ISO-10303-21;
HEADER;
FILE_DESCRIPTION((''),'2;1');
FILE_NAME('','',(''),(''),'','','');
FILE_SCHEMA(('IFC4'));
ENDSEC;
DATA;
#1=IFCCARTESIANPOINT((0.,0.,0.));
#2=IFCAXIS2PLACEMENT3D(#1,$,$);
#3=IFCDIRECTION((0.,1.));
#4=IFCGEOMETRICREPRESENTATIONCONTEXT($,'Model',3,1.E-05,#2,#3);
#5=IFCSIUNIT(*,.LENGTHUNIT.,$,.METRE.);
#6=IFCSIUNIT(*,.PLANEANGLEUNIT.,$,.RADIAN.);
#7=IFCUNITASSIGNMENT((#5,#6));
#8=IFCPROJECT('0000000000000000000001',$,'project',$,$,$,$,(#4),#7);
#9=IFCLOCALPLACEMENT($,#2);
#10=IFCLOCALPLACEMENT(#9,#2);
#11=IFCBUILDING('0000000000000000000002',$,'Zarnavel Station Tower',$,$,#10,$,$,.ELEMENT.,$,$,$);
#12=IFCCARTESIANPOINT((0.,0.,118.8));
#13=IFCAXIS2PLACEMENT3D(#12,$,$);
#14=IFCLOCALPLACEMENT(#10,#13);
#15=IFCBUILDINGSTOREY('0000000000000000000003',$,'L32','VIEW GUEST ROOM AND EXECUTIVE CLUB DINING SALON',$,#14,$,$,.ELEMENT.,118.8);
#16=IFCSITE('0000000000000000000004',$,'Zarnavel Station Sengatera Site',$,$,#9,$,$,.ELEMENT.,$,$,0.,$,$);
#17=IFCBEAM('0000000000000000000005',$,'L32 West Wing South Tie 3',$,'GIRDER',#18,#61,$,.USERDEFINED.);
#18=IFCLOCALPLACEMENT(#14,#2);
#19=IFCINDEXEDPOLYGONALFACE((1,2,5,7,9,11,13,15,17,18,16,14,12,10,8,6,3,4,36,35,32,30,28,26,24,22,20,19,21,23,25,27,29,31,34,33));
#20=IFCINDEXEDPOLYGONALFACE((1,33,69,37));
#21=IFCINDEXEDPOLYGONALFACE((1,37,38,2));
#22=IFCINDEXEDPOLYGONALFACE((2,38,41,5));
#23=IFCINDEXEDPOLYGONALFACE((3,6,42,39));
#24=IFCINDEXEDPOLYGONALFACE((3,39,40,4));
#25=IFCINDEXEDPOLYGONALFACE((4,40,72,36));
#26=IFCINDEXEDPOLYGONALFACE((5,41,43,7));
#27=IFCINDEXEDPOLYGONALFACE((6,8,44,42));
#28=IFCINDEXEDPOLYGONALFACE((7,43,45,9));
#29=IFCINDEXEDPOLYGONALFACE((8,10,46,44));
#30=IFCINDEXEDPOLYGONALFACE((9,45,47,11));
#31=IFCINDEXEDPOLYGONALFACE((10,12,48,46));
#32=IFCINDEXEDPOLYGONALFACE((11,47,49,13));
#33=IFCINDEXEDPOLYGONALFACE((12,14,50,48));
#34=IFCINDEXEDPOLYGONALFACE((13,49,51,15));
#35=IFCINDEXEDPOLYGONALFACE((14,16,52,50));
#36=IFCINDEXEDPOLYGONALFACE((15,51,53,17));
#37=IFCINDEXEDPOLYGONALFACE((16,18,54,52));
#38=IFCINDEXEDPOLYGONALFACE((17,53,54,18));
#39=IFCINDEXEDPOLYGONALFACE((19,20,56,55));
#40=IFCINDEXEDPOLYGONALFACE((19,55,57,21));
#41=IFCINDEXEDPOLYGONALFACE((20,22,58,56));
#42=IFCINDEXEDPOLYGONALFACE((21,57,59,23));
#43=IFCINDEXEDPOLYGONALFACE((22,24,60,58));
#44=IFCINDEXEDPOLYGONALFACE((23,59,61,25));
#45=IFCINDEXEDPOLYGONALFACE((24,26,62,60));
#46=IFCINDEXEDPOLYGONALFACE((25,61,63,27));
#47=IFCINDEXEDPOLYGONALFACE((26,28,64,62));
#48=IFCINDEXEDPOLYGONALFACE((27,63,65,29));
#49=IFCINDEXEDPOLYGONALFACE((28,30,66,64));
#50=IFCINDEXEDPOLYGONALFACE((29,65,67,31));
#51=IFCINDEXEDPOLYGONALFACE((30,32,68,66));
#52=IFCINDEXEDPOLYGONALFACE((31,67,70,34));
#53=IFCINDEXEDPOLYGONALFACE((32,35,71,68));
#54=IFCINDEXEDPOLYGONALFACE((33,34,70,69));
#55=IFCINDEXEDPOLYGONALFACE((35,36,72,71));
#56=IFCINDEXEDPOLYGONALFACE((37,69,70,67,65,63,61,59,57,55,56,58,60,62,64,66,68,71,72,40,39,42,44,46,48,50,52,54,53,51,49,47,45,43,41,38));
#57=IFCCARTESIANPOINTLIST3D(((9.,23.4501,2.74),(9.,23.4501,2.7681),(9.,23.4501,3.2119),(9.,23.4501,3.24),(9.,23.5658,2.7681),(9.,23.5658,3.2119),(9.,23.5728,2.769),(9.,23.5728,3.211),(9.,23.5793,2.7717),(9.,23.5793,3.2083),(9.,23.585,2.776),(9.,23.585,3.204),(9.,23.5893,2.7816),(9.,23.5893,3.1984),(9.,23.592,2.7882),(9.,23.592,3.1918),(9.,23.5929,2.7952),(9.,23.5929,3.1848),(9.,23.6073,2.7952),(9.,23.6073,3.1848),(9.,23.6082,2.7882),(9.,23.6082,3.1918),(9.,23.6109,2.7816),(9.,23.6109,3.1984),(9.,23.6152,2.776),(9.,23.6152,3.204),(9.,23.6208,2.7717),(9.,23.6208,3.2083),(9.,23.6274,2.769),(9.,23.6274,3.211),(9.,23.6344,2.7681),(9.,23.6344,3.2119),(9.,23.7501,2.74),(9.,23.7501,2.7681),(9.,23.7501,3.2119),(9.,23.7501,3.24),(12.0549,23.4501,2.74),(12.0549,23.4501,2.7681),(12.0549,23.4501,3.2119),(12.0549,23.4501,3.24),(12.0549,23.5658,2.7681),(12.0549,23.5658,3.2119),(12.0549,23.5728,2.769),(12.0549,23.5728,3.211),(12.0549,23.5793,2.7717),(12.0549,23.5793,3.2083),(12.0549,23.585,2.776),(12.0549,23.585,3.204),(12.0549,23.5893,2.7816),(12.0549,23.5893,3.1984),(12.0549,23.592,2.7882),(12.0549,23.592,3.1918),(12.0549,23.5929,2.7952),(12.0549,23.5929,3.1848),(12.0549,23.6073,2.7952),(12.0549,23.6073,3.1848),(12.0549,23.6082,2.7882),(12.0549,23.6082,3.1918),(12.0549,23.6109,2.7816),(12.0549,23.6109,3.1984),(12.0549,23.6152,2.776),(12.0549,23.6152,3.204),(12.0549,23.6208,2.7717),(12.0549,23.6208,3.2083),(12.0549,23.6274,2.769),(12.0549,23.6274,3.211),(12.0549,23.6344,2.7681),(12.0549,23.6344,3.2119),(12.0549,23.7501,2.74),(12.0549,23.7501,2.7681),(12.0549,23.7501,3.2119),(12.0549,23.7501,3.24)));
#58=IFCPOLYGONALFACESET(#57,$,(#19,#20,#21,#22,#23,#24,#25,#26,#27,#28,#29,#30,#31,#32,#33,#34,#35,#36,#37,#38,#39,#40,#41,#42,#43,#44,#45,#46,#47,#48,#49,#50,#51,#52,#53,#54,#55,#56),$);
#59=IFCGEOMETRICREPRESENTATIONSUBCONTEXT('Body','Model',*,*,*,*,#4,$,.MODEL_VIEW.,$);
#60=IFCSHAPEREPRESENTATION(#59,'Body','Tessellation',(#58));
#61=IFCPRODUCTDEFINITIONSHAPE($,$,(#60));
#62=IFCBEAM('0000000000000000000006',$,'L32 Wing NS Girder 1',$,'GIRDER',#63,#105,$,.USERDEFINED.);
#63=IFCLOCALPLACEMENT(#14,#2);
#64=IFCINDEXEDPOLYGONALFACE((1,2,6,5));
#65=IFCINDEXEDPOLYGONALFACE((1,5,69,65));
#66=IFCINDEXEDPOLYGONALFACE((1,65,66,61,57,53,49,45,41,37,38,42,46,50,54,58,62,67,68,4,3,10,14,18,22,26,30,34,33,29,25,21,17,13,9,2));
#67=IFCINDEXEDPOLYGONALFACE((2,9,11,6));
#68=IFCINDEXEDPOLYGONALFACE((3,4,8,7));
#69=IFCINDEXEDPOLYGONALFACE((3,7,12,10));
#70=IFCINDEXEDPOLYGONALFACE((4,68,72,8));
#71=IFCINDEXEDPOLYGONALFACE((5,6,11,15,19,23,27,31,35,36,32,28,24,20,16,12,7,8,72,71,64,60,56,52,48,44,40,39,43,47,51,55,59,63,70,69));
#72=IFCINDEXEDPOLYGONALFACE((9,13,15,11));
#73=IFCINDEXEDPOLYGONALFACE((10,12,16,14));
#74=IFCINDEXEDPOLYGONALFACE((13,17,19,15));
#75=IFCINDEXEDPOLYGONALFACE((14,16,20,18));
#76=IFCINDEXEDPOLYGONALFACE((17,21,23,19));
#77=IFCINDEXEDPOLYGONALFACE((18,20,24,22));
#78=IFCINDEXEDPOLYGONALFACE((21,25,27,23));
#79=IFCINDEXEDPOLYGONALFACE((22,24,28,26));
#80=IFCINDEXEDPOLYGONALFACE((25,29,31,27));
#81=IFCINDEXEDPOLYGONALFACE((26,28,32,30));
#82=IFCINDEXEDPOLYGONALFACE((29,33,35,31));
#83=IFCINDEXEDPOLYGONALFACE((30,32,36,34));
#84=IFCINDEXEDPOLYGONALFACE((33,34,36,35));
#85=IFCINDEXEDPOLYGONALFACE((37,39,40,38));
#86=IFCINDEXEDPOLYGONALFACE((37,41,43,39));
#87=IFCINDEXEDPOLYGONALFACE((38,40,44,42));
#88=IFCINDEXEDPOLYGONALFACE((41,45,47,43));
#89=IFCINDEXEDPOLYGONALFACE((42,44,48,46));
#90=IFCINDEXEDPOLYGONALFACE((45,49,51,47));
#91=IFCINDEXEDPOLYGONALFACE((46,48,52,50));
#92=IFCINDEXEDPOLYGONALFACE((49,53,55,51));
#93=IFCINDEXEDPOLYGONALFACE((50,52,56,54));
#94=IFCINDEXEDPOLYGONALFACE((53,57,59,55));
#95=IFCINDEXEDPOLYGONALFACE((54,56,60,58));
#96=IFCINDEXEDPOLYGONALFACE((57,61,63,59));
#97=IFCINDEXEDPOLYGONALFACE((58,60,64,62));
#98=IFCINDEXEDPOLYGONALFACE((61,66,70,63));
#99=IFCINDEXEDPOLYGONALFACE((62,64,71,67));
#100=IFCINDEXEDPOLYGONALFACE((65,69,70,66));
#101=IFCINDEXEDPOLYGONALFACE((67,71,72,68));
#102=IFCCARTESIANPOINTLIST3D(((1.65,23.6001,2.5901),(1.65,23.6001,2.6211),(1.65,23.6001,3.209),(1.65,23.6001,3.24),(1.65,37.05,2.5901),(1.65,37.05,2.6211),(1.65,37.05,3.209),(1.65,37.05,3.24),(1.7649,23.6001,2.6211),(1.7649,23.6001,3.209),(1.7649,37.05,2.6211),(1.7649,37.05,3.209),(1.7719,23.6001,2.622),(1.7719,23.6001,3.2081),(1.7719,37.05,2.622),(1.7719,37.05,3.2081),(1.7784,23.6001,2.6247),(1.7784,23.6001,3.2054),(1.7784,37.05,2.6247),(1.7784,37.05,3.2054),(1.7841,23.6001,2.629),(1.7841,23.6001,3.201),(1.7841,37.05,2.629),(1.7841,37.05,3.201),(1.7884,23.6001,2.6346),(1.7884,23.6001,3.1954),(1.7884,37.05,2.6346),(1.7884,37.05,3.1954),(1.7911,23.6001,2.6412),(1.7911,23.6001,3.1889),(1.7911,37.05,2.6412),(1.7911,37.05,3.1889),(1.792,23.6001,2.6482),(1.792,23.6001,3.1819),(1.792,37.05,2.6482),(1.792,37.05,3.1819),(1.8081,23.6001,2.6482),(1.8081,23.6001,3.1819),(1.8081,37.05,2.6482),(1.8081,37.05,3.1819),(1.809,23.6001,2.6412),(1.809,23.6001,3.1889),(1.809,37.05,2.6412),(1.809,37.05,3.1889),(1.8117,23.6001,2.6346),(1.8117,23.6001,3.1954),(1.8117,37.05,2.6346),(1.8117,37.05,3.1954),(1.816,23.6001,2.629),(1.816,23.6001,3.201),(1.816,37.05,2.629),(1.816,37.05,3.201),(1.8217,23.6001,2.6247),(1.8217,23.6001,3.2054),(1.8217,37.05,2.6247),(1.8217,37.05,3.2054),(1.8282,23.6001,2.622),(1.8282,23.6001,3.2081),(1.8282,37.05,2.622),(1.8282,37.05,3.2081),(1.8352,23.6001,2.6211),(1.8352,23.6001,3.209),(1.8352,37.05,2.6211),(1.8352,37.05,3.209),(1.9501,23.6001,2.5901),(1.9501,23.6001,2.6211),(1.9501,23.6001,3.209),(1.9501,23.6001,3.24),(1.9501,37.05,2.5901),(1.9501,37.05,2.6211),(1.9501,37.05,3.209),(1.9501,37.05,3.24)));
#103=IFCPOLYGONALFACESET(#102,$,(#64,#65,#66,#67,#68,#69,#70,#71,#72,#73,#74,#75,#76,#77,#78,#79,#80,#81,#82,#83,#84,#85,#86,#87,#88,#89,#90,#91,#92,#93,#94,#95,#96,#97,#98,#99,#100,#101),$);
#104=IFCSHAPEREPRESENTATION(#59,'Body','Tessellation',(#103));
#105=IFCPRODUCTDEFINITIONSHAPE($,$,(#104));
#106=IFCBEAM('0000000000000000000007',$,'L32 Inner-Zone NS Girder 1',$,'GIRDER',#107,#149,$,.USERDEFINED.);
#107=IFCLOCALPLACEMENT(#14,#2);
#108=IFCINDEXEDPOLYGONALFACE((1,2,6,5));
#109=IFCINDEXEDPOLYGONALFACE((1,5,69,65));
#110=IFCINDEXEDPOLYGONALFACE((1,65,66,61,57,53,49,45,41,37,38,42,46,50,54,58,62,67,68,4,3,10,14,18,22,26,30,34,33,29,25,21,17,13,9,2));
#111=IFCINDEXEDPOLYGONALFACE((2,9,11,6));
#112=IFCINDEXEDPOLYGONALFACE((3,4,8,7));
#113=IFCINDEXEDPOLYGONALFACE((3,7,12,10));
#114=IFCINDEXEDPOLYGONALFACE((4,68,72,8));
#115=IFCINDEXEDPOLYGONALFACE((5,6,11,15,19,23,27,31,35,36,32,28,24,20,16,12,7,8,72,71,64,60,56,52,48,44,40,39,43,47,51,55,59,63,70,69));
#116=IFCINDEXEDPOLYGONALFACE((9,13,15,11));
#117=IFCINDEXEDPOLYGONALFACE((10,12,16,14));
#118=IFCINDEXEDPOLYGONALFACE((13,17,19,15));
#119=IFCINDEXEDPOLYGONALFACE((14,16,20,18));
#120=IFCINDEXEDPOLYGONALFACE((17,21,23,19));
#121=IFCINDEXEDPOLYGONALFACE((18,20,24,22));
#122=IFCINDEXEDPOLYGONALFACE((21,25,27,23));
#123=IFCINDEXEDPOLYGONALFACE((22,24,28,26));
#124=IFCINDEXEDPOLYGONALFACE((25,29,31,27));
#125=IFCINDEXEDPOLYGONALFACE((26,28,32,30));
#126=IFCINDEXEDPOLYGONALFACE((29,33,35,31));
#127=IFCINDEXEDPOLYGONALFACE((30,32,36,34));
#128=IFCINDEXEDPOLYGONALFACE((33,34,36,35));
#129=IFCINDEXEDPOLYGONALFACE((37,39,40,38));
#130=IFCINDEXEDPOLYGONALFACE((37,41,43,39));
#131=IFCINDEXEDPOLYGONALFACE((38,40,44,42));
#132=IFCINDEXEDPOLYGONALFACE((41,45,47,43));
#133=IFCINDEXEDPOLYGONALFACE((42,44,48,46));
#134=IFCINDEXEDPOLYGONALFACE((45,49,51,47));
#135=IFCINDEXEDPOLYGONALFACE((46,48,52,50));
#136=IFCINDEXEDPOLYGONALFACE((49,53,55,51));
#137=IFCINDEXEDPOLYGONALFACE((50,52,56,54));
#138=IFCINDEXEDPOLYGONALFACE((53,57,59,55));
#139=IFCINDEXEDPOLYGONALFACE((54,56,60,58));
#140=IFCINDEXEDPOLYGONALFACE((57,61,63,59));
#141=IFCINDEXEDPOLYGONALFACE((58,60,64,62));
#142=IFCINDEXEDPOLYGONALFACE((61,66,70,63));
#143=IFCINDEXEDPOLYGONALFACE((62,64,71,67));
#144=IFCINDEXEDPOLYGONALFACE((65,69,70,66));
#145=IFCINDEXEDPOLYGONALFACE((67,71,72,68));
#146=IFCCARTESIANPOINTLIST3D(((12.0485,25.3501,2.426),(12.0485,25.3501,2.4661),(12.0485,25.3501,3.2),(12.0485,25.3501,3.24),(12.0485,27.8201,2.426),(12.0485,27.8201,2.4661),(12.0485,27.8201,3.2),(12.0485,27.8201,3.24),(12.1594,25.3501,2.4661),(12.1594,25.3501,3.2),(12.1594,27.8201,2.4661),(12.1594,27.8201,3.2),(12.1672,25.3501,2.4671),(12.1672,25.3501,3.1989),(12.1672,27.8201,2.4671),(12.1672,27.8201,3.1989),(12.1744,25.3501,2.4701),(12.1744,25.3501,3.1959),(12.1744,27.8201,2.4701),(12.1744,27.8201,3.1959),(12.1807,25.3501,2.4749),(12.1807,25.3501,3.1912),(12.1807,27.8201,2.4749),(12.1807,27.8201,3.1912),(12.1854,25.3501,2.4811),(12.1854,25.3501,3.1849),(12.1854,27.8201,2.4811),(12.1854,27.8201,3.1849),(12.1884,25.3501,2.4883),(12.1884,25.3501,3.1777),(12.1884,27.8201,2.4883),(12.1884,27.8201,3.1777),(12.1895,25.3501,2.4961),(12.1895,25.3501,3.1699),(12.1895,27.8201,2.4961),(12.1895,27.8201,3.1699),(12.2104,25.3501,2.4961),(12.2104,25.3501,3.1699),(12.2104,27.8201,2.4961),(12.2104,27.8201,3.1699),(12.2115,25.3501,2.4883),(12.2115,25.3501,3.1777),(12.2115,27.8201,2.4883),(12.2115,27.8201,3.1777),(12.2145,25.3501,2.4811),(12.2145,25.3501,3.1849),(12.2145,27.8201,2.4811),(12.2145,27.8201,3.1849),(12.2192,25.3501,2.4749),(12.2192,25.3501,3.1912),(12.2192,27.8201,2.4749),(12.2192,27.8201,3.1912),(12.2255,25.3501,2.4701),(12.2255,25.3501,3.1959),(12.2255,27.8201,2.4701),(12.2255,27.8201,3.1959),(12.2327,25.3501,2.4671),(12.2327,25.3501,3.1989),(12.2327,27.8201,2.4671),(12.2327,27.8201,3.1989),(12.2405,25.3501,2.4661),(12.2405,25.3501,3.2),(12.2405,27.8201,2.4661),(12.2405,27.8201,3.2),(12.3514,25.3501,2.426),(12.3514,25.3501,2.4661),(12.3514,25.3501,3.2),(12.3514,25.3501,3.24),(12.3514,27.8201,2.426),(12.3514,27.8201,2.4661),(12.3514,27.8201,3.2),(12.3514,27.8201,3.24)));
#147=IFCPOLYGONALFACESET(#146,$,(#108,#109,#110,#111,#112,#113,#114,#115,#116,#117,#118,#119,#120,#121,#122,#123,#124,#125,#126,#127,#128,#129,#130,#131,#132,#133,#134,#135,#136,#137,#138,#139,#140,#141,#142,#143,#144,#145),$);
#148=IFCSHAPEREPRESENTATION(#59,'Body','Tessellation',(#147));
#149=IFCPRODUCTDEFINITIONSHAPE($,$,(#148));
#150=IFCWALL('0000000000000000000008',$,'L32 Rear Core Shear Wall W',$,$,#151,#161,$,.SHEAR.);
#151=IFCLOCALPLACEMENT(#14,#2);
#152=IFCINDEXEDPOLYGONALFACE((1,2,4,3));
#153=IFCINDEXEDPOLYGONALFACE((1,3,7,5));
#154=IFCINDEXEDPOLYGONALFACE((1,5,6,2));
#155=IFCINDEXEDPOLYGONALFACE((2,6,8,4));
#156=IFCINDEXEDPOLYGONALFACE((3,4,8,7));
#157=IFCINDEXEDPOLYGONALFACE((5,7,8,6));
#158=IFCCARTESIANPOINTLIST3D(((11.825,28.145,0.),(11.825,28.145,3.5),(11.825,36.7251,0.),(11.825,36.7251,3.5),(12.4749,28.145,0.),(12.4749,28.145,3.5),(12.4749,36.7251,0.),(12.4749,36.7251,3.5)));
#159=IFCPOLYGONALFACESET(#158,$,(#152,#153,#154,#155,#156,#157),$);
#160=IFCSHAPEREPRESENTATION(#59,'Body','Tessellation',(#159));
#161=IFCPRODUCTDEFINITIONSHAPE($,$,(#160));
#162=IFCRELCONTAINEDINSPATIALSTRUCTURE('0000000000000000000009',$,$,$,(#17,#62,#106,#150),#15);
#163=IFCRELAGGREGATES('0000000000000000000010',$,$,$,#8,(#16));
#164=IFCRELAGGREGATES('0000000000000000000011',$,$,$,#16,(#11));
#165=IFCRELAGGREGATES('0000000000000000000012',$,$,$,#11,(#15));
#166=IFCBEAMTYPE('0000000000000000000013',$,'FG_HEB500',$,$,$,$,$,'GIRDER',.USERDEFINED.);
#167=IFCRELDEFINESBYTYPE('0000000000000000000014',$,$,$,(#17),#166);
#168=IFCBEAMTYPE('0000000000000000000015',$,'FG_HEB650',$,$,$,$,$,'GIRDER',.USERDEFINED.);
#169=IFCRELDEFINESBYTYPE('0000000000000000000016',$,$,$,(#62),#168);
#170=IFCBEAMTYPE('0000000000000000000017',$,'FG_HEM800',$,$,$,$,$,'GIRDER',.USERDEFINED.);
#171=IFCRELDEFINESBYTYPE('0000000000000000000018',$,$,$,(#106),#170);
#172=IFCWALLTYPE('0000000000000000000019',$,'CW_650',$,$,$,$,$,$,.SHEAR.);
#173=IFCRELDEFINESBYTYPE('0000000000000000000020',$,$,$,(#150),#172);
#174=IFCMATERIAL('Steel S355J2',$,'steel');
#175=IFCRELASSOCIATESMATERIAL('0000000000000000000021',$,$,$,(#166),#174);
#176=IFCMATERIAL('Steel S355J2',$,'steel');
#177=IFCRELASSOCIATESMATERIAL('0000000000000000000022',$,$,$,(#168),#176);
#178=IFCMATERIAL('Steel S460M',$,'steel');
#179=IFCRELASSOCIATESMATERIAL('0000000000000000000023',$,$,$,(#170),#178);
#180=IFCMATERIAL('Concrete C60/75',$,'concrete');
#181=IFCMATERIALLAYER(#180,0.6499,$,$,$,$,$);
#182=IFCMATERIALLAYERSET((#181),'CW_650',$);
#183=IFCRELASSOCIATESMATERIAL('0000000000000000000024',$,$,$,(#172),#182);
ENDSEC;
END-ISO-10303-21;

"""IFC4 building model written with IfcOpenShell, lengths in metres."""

from ifc_helpers import new_model, si_unit, direction, frame, frame_2d, origin, origin_2d, place, context, subcontext, project, spatial, rectangle, i_section, extrude, material, layer, layer_set, material_profile, profile_set, type_object, element, save


model = new_model("IFC4")

# Units and contexts
model_context = context("Model", 3, precision=1e-05, world=origin(), true_north=direction((0.0, 1.0)))
body_context = subcontext(model_context, "Body", "Model", "MODEL_VIEW")
ifc_project = project(units=[si_unit("LENGTHUNIT", "METRE"), si_unit("PLANEANGLEUNIT", "RADIAN")], contexts=[model_context])

# Site, building, storey
site_placement = place(None, origin())
site = spatial("IfcSite", under=ifc_project, at=site_placement, Name="Zarnavel Station Sengatera Site", CompositionType="ELEMENT", RefElevation=0.0)
building_placement = place(site_placement, origin())
building = spatial("IfcBuilding", under=site, at=building_placement, Name="Zarnavel Station Tower", CompositionType="ELEMENT")
storey_placement = place(building_placement, frame((0.0, 0.0, 118.8)))
storey = spatial("IfcBuildingStorey", under=building, at=storey_placement, Name="L32", Description="VIEW GUEST ROOM AND EXECUTIVE CLUB DINING SALON", CompositionType="ELEMENT", Elevation=118.8)

# Beams
ifc_material_1 = material(Name="Steel S355J2", Category="steel")
ifc_material_profile_1 = material_profile(ifc_material_1, i_section(OverallWidth=0.3, OverallDepth=0.5, WebThickness=0.0144, FlangeThickness=0.0281, FilletRadius=0.0271, at=origin_2d()), Name="HEB500")
ifc_profile_set_1 = profile_set([ifc_material_profile_1], Name="Steel S355J2")
beam_type_1 = type_object("IfcBeamType", Name="FG_HEB500", ElementType="GIRDER", PredefinedType="USERDEFINED", material=ifc_profile_set_1)
beam_1_placement = place(storey_placement, frame((9.0, 23.6001, 2.99), z_axis=(1.0, 0.0, 0.0), x_axis=(0.0, 1.0, 0.0)))
element("IfcBeam", 1, at=beam_1_placement, inside=storey, type_object=beam_type_1, Name="L32 West Wing South Tie 3", ObjectType="GIRDER", PredefinedType="USERDEFINED", context=body_context, shape_type="SweptSolid", body=[
    extrude(i_section(OverallWidth=0.3, OverallDepth=0.5, WebThickness=0.0144, FlangeThickness=0.0281, FilletRadius=0.0271, at=origin_2d()), origin(), (0.0, 0.0, 1.0), 3.0549),
])
ifc_material_2 = material(Name="Steel S355J2", Category="steel")
ifc_material_profile_2 = material_profile(ifc_material_2, i_section(OverallWidth=0.3, OverallDepth=0.6499, WebThickness=0.0161, FlangeThickness=0.031, FilletRadius=0.0271, at=origin_2d()), Name="HEB650")
ifc_profile_set_2 = profile_set([ifc_material_profile_2], Name="Steel S355J2")
beam_type_2 = type_object("IfcBeamType", Name="FG_HEB650", ElementType="GIRDER", PredefinedType="USERDEFINED", material=ifc_profile_set_2)
beam_2_placement = place(storey_placement, frame((1.8, 23.6001, 2.915), z_axis=(0.0, 1.0, 0.0), x_axis=(-1.0, 0.0, 0.0)))
element("IfcBeam", 2, at=beam_2_placement, inside=storey, type_object=beam_type_2, Name="L32 Wing NS Girder 1", ObjectType="GIRDER", PredefinedType="USERDEFINED", context=body_context, shape_type="SweptSolid", body=[
    extrude(i_section(OverallWidth=0.3, OverallDepth=0.6499, WebThickness=0.0161, FlangeThickness=0.031, FilletRadius=0.0271, at=origin_2d()), origin(), (0.0, 0.0, 1.0), 13.45),
])
ifc_material_3 = material(Name="Steel S460M", Category="steel")
ifc_material_profile_3 = material_profile(ifc_material_3, i_section(OverallWidth=0.303, OverallDepth=0.814, WebThickness=0.021, FlangeThickness=0.04, FilletRadius=0.03, at=origin_2d()), Name="HEM800")
ifc_profile_set_3 = profile_set([ifc_material_profile_3], Name="Steel S460M")
beam_type_3 = type_object("IfcBeamType", Name="FG_HEM800", ElementType="GIRDER", PredefinedType="USERDEFINED", material=ifc_profile_set_3)
beam_3_placement = place(storey_placement, frame((12.2, 25.3501, 2.833), z_axis=(0.0, 1.0, 0.0), x_axis=(-1.0, 0.0, 0.0)))
element("IfcBeam", 3, at=beam_3_placement, inside=storey, type_object=beam_type_3, Name="L32 Inner-Zone NS Girder 1", ObjectType="GIRDER", PredefinedType="USERDEFINED", context=body_context, shape_type="SweptSolid", body=[
    extrude(i_section(OverallWidth=0.303, OverallDepth=0.814, WebThickness=0.021, FlangeThickness=0.04, FilletRadius=0.03, at=origin_2d()), origin(), (0.0, 0.0, 1.0), 2.47),
])

# Wall
ifc_material_4 = material(Name="Concrete C60/75", Category="concrete")
ifc_layer_1 = layer(ifc_material_4, 0.6499)
ifc_layer_set_1 = layer_set([ifc_layer_1], Name="CW_650")
wall_type_1 = type_object("IfcWallType", Name="CW_650", PredefinedType="SHEAR", material=ifc_layer_set_1)
wall_1_placement = place(storey_placement, frame((12.1499, 28.145, 0.0), z_axis=(0.0, 0.0, 1.0), x_axis=(0.0, 1.0, 0.0)))
element("IfcWall", 4, at=wall_1_placement, inside=storey, type_object=wall_type_1, Name="L32 Rear Core Shear Wall W", PredefinedType="SHEAR", context=body_context, shape_type="SweptSolid", body=[
    extrude(rectangle(XDim=8.5801, YDim=0.6499, at=frame_2d((4.29, 0.0))), origin(), (0.0, 0.0, 1.0), 3.5),
])

save(model, "model.ifc")
